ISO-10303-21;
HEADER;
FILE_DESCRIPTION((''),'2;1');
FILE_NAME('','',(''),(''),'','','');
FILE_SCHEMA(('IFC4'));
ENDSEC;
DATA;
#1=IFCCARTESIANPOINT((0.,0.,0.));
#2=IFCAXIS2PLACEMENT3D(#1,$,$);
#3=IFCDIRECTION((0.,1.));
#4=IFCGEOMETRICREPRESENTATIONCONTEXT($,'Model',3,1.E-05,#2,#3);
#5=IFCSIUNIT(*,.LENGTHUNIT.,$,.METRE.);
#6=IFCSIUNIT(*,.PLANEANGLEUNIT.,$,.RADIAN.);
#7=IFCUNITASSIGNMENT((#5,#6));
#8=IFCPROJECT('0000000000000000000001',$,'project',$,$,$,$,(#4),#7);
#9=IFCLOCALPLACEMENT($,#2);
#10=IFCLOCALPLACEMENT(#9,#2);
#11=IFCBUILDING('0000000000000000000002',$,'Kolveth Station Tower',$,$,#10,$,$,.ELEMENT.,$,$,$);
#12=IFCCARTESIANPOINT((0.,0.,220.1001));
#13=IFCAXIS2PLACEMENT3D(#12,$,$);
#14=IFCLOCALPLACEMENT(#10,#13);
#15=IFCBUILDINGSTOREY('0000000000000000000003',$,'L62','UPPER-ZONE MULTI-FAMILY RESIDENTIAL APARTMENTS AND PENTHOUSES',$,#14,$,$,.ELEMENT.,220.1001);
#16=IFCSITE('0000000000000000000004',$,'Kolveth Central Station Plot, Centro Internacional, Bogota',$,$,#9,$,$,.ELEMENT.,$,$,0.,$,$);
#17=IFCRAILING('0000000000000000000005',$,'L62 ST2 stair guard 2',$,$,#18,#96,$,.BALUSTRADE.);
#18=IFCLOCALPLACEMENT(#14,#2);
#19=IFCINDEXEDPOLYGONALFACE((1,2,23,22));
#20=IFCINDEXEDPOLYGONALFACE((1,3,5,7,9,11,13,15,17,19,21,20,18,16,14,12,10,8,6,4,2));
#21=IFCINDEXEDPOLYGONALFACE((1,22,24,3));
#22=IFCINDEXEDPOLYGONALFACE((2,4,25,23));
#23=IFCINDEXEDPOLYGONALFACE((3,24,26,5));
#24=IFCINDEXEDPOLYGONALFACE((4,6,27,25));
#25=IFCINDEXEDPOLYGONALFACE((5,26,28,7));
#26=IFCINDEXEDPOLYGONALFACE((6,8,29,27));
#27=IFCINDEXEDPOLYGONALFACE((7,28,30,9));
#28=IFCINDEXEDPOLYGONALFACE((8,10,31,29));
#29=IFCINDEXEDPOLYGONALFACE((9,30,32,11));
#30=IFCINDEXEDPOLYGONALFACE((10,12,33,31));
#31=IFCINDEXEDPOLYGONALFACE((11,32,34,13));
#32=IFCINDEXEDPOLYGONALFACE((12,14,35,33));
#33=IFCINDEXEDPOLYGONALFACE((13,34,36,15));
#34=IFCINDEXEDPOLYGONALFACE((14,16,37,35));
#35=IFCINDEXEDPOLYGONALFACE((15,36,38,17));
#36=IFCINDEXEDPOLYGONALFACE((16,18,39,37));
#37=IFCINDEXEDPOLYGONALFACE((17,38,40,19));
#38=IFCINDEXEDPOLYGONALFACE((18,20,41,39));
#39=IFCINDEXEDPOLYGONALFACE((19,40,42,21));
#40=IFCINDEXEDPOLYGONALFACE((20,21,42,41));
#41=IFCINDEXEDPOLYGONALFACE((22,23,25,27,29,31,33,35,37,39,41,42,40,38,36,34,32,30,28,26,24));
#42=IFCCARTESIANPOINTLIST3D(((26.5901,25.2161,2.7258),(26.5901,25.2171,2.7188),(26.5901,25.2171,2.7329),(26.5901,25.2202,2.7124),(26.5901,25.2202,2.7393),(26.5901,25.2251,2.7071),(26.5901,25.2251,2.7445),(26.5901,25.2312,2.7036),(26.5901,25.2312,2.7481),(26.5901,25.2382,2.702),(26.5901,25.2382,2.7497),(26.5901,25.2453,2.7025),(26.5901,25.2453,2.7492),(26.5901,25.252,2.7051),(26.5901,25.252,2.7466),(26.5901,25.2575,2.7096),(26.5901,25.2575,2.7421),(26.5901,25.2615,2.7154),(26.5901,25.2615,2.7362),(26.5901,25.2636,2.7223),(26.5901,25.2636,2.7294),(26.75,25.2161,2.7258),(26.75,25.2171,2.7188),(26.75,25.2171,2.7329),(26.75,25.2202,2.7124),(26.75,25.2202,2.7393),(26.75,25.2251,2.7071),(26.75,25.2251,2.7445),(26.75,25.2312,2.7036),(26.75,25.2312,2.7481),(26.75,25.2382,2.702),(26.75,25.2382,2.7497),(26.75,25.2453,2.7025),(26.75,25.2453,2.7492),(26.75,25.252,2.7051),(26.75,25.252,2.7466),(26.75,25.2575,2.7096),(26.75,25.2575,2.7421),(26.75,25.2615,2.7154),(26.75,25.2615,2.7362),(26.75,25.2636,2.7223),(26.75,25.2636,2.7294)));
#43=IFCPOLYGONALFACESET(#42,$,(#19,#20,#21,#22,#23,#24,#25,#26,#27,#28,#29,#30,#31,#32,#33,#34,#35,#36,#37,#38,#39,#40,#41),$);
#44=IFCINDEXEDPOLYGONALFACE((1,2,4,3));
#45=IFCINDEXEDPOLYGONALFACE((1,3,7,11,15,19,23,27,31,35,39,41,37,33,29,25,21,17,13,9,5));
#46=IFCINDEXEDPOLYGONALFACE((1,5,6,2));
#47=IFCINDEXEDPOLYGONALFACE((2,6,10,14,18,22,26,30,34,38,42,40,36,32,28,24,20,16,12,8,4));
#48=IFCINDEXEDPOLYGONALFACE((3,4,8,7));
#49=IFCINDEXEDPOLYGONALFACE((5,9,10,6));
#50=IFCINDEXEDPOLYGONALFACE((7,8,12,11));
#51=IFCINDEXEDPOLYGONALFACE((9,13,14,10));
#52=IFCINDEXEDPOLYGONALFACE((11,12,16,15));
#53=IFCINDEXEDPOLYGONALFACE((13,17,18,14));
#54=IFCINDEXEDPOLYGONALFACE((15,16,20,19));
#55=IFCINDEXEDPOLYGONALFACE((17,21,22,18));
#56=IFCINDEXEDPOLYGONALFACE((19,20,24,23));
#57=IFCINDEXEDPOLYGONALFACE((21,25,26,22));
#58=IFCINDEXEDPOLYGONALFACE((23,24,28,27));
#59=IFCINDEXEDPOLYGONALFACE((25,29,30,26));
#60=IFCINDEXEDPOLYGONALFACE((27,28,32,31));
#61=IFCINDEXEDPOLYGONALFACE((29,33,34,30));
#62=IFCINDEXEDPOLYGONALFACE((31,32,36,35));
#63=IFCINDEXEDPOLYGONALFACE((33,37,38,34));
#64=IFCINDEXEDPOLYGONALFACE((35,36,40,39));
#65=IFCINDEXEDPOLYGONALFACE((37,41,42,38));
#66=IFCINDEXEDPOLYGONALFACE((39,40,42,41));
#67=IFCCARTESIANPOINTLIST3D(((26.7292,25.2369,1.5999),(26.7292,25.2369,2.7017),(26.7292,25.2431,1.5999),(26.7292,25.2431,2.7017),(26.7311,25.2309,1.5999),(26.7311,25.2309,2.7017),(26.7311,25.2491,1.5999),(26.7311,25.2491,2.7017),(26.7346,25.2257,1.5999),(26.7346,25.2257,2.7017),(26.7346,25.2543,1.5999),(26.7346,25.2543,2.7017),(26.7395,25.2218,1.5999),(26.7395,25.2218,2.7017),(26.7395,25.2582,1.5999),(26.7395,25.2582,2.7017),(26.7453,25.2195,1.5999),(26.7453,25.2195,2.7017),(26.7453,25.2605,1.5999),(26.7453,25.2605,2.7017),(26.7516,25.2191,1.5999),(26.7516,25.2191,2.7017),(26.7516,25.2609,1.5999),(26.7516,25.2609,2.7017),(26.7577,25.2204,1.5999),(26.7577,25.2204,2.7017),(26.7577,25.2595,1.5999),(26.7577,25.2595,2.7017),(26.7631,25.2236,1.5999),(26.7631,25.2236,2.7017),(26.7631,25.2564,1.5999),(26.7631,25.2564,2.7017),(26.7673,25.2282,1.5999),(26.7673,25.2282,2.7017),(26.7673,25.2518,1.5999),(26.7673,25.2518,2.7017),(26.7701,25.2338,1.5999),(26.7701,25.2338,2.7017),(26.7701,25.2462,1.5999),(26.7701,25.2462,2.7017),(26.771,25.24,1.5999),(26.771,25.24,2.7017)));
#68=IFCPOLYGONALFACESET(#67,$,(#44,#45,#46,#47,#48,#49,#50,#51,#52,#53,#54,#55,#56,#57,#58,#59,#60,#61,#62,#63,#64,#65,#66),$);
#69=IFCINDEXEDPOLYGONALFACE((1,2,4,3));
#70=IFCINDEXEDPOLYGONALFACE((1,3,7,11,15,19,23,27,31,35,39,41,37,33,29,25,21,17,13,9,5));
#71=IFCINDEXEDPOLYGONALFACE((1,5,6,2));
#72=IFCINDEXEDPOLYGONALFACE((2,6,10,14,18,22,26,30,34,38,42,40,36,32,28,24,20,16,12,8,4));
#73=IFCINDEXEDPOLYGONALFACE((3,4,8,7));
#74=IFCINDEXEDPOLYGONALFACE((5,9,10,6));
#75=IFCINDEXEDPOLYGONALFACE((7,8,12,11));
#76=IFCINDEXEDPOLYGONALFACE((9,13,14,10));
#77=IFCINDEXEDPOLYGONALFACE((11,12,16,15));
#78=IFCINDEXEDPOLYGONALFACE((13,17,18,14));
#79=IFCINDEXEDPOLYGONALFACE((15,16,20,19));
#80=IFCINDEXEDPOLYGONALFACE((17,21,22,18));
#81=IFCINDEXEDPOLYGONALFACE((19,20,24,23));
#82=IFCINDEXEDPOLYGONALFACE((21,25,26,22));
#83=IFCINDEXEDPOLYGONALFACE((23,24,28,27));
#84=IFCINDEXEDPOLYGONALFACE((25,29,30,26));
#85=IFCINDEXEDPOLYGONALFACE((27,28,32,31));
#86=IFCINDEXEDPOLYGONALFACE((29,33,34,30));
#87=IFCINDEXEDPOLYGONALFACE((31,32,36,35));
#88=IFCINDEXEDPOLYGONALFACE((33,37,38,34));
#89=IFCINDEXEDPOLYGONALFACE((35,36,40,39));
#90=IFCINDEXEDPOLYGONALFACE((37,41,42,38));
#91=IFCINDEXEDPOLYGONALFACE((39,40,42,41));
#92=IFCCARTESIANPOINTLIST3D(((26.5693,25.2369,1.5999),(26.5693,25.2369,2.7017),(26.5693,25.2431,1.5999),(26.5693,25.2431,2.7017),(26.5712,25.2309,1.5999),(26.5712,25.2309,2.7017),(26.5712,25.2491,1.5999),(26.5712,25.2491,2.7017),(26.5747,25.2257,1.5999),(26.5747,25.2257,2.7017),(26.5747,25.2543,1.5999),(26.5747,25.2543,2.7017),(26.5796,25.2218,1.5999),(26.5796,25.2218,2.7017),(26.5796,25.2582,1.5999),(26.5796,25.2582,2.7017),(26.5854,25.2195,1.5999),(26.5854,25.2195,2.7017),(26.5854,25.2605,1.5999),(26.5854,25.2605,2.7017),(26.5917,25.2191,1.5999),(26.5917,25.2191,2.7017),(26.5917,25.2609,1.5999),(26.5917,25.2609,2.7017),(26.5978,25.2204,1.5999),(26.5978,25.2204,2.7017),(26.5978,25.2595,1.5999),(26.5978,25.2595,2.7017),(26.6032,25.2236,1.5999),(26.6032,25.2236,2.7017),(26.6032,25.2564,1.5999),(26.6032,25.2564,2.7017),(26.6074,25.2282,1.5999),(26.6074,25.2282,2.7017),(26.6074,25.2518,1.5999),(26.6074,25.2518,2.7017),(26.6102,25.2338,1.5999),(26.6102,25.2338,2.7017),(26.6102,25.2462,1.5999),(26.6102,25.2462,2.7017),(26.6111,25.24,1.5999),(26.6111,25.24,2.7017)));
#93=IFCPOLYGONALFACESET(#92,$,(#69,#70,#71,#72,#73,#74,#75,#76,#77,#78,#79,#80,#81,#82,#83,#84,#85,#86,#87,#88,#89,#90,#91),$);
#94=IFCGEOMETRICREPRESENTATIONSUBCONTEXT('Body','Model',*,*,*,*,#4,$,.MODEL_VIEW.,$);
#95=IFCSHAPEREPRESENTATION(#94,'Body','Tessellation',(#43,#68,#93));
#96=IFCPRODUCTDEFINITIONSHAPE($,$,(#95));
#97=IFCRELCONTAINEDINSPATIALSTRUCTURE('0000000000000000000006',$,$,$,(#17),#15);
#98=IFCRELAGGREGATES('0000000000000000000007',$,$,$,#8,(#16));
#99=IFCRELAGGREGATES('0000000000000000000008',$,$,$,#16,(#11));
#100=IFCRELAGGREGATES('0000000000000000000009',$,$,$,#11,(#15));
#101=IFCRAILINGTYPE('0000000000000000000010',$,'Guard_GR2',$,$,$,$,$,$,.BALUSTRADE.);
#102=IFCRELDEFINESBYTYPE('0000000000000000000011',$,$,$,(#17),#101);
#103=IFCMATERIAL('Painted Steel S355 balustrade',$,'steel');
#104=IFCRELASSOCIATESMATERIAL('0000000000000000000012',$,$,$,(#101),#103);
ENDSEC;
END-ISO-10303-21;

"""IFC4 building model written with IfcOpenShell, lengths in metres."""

from ifc_helpers import new_model, si_unit, direction, frame, origin, origin_2d, place, context, subcontext, project, spatial, circle, extrude, material, type_object, element, save


model = new_model("IFC4")

# Units and contexts
model_context = context("Model", 3, precision=1e-05, world=origin(), true_north=direction((0.0, 1.0)))
body_context = subcontext(model_context, "Body", "Model", "MODEL_VIEW")
ifc_project = project(units=[si_unit("LENGTHUNIT", "METRE"), si_unit("PLANEANGLEUNIT", "RADIAN")], contexts=[model_context])

# Site, building, storey
site_placement = place(None, origin())
site = spatial("IfcSite", under=ifc_project, at=site_placement, Name="Kolveth Central Station Plot, Centro Internacional, Bogota", CompositionType="ELEMENT", RefElevation=0.0)
building_placement = place(site_placement, origin())
building = spatial("IfcBuilding", under=site, at=building_placement, Name="Kolveth Station Tower", CompositionType="ELEMENT")
storey_placement = place(building_placement, frame((0.0, 0.0, 220.1001)))
storey = spatial("IfcBuildingStorey", under=building, at=storey_placement, Name="L62", Description="UPPER-ZONE MULTI-FAMILY RESIDENTIAL APARTMENTS AND PENTHOUSES", CompositionType="ELEMENT", Elevation=220.1001)

# Railing
ifc_material_1 = material(Name="Painted Steel S355 balustrade", Category="steel")
railing_type_1 = type_object("IfcRailingType", Name="Guard_GR2", PredefinedType="BALUSTRADE", material=ifc_material_1)
railing_1_placement = place(storey_placement, frame((26.75, 25.24, 1.5999)))
element("IfcRailing", 1, at=railing_1_placement, inside=storey, type_object=railing_type_1, Name="L62 ST2 stair guard 2", PredefinedType="BALUSTRADE", context=body_context, shape_type="SweptSolid", body=[
    extrude(circle(Radius=0.0239, at=origin_2d()), frame((0.0, 0.0, 1.126), z_axis=(-1.0, 0.0, 0.0), x_axis=(0.0, -1.0, 0.0)), (0.0, 0.0, 1.0), 0.1599),
    extrude(circle(Radius=0.021, at=origin_2d()), origin(), (0.0, 0.0, 1.0), 1.1018),
    extrude(circle(Radius=0.021, at=origin_2d()), frame((-0.1599, 0.0, 0.0)), (0.0, 0.0, 1.0), 1.1018),
])

save(model, "model.ifc")
